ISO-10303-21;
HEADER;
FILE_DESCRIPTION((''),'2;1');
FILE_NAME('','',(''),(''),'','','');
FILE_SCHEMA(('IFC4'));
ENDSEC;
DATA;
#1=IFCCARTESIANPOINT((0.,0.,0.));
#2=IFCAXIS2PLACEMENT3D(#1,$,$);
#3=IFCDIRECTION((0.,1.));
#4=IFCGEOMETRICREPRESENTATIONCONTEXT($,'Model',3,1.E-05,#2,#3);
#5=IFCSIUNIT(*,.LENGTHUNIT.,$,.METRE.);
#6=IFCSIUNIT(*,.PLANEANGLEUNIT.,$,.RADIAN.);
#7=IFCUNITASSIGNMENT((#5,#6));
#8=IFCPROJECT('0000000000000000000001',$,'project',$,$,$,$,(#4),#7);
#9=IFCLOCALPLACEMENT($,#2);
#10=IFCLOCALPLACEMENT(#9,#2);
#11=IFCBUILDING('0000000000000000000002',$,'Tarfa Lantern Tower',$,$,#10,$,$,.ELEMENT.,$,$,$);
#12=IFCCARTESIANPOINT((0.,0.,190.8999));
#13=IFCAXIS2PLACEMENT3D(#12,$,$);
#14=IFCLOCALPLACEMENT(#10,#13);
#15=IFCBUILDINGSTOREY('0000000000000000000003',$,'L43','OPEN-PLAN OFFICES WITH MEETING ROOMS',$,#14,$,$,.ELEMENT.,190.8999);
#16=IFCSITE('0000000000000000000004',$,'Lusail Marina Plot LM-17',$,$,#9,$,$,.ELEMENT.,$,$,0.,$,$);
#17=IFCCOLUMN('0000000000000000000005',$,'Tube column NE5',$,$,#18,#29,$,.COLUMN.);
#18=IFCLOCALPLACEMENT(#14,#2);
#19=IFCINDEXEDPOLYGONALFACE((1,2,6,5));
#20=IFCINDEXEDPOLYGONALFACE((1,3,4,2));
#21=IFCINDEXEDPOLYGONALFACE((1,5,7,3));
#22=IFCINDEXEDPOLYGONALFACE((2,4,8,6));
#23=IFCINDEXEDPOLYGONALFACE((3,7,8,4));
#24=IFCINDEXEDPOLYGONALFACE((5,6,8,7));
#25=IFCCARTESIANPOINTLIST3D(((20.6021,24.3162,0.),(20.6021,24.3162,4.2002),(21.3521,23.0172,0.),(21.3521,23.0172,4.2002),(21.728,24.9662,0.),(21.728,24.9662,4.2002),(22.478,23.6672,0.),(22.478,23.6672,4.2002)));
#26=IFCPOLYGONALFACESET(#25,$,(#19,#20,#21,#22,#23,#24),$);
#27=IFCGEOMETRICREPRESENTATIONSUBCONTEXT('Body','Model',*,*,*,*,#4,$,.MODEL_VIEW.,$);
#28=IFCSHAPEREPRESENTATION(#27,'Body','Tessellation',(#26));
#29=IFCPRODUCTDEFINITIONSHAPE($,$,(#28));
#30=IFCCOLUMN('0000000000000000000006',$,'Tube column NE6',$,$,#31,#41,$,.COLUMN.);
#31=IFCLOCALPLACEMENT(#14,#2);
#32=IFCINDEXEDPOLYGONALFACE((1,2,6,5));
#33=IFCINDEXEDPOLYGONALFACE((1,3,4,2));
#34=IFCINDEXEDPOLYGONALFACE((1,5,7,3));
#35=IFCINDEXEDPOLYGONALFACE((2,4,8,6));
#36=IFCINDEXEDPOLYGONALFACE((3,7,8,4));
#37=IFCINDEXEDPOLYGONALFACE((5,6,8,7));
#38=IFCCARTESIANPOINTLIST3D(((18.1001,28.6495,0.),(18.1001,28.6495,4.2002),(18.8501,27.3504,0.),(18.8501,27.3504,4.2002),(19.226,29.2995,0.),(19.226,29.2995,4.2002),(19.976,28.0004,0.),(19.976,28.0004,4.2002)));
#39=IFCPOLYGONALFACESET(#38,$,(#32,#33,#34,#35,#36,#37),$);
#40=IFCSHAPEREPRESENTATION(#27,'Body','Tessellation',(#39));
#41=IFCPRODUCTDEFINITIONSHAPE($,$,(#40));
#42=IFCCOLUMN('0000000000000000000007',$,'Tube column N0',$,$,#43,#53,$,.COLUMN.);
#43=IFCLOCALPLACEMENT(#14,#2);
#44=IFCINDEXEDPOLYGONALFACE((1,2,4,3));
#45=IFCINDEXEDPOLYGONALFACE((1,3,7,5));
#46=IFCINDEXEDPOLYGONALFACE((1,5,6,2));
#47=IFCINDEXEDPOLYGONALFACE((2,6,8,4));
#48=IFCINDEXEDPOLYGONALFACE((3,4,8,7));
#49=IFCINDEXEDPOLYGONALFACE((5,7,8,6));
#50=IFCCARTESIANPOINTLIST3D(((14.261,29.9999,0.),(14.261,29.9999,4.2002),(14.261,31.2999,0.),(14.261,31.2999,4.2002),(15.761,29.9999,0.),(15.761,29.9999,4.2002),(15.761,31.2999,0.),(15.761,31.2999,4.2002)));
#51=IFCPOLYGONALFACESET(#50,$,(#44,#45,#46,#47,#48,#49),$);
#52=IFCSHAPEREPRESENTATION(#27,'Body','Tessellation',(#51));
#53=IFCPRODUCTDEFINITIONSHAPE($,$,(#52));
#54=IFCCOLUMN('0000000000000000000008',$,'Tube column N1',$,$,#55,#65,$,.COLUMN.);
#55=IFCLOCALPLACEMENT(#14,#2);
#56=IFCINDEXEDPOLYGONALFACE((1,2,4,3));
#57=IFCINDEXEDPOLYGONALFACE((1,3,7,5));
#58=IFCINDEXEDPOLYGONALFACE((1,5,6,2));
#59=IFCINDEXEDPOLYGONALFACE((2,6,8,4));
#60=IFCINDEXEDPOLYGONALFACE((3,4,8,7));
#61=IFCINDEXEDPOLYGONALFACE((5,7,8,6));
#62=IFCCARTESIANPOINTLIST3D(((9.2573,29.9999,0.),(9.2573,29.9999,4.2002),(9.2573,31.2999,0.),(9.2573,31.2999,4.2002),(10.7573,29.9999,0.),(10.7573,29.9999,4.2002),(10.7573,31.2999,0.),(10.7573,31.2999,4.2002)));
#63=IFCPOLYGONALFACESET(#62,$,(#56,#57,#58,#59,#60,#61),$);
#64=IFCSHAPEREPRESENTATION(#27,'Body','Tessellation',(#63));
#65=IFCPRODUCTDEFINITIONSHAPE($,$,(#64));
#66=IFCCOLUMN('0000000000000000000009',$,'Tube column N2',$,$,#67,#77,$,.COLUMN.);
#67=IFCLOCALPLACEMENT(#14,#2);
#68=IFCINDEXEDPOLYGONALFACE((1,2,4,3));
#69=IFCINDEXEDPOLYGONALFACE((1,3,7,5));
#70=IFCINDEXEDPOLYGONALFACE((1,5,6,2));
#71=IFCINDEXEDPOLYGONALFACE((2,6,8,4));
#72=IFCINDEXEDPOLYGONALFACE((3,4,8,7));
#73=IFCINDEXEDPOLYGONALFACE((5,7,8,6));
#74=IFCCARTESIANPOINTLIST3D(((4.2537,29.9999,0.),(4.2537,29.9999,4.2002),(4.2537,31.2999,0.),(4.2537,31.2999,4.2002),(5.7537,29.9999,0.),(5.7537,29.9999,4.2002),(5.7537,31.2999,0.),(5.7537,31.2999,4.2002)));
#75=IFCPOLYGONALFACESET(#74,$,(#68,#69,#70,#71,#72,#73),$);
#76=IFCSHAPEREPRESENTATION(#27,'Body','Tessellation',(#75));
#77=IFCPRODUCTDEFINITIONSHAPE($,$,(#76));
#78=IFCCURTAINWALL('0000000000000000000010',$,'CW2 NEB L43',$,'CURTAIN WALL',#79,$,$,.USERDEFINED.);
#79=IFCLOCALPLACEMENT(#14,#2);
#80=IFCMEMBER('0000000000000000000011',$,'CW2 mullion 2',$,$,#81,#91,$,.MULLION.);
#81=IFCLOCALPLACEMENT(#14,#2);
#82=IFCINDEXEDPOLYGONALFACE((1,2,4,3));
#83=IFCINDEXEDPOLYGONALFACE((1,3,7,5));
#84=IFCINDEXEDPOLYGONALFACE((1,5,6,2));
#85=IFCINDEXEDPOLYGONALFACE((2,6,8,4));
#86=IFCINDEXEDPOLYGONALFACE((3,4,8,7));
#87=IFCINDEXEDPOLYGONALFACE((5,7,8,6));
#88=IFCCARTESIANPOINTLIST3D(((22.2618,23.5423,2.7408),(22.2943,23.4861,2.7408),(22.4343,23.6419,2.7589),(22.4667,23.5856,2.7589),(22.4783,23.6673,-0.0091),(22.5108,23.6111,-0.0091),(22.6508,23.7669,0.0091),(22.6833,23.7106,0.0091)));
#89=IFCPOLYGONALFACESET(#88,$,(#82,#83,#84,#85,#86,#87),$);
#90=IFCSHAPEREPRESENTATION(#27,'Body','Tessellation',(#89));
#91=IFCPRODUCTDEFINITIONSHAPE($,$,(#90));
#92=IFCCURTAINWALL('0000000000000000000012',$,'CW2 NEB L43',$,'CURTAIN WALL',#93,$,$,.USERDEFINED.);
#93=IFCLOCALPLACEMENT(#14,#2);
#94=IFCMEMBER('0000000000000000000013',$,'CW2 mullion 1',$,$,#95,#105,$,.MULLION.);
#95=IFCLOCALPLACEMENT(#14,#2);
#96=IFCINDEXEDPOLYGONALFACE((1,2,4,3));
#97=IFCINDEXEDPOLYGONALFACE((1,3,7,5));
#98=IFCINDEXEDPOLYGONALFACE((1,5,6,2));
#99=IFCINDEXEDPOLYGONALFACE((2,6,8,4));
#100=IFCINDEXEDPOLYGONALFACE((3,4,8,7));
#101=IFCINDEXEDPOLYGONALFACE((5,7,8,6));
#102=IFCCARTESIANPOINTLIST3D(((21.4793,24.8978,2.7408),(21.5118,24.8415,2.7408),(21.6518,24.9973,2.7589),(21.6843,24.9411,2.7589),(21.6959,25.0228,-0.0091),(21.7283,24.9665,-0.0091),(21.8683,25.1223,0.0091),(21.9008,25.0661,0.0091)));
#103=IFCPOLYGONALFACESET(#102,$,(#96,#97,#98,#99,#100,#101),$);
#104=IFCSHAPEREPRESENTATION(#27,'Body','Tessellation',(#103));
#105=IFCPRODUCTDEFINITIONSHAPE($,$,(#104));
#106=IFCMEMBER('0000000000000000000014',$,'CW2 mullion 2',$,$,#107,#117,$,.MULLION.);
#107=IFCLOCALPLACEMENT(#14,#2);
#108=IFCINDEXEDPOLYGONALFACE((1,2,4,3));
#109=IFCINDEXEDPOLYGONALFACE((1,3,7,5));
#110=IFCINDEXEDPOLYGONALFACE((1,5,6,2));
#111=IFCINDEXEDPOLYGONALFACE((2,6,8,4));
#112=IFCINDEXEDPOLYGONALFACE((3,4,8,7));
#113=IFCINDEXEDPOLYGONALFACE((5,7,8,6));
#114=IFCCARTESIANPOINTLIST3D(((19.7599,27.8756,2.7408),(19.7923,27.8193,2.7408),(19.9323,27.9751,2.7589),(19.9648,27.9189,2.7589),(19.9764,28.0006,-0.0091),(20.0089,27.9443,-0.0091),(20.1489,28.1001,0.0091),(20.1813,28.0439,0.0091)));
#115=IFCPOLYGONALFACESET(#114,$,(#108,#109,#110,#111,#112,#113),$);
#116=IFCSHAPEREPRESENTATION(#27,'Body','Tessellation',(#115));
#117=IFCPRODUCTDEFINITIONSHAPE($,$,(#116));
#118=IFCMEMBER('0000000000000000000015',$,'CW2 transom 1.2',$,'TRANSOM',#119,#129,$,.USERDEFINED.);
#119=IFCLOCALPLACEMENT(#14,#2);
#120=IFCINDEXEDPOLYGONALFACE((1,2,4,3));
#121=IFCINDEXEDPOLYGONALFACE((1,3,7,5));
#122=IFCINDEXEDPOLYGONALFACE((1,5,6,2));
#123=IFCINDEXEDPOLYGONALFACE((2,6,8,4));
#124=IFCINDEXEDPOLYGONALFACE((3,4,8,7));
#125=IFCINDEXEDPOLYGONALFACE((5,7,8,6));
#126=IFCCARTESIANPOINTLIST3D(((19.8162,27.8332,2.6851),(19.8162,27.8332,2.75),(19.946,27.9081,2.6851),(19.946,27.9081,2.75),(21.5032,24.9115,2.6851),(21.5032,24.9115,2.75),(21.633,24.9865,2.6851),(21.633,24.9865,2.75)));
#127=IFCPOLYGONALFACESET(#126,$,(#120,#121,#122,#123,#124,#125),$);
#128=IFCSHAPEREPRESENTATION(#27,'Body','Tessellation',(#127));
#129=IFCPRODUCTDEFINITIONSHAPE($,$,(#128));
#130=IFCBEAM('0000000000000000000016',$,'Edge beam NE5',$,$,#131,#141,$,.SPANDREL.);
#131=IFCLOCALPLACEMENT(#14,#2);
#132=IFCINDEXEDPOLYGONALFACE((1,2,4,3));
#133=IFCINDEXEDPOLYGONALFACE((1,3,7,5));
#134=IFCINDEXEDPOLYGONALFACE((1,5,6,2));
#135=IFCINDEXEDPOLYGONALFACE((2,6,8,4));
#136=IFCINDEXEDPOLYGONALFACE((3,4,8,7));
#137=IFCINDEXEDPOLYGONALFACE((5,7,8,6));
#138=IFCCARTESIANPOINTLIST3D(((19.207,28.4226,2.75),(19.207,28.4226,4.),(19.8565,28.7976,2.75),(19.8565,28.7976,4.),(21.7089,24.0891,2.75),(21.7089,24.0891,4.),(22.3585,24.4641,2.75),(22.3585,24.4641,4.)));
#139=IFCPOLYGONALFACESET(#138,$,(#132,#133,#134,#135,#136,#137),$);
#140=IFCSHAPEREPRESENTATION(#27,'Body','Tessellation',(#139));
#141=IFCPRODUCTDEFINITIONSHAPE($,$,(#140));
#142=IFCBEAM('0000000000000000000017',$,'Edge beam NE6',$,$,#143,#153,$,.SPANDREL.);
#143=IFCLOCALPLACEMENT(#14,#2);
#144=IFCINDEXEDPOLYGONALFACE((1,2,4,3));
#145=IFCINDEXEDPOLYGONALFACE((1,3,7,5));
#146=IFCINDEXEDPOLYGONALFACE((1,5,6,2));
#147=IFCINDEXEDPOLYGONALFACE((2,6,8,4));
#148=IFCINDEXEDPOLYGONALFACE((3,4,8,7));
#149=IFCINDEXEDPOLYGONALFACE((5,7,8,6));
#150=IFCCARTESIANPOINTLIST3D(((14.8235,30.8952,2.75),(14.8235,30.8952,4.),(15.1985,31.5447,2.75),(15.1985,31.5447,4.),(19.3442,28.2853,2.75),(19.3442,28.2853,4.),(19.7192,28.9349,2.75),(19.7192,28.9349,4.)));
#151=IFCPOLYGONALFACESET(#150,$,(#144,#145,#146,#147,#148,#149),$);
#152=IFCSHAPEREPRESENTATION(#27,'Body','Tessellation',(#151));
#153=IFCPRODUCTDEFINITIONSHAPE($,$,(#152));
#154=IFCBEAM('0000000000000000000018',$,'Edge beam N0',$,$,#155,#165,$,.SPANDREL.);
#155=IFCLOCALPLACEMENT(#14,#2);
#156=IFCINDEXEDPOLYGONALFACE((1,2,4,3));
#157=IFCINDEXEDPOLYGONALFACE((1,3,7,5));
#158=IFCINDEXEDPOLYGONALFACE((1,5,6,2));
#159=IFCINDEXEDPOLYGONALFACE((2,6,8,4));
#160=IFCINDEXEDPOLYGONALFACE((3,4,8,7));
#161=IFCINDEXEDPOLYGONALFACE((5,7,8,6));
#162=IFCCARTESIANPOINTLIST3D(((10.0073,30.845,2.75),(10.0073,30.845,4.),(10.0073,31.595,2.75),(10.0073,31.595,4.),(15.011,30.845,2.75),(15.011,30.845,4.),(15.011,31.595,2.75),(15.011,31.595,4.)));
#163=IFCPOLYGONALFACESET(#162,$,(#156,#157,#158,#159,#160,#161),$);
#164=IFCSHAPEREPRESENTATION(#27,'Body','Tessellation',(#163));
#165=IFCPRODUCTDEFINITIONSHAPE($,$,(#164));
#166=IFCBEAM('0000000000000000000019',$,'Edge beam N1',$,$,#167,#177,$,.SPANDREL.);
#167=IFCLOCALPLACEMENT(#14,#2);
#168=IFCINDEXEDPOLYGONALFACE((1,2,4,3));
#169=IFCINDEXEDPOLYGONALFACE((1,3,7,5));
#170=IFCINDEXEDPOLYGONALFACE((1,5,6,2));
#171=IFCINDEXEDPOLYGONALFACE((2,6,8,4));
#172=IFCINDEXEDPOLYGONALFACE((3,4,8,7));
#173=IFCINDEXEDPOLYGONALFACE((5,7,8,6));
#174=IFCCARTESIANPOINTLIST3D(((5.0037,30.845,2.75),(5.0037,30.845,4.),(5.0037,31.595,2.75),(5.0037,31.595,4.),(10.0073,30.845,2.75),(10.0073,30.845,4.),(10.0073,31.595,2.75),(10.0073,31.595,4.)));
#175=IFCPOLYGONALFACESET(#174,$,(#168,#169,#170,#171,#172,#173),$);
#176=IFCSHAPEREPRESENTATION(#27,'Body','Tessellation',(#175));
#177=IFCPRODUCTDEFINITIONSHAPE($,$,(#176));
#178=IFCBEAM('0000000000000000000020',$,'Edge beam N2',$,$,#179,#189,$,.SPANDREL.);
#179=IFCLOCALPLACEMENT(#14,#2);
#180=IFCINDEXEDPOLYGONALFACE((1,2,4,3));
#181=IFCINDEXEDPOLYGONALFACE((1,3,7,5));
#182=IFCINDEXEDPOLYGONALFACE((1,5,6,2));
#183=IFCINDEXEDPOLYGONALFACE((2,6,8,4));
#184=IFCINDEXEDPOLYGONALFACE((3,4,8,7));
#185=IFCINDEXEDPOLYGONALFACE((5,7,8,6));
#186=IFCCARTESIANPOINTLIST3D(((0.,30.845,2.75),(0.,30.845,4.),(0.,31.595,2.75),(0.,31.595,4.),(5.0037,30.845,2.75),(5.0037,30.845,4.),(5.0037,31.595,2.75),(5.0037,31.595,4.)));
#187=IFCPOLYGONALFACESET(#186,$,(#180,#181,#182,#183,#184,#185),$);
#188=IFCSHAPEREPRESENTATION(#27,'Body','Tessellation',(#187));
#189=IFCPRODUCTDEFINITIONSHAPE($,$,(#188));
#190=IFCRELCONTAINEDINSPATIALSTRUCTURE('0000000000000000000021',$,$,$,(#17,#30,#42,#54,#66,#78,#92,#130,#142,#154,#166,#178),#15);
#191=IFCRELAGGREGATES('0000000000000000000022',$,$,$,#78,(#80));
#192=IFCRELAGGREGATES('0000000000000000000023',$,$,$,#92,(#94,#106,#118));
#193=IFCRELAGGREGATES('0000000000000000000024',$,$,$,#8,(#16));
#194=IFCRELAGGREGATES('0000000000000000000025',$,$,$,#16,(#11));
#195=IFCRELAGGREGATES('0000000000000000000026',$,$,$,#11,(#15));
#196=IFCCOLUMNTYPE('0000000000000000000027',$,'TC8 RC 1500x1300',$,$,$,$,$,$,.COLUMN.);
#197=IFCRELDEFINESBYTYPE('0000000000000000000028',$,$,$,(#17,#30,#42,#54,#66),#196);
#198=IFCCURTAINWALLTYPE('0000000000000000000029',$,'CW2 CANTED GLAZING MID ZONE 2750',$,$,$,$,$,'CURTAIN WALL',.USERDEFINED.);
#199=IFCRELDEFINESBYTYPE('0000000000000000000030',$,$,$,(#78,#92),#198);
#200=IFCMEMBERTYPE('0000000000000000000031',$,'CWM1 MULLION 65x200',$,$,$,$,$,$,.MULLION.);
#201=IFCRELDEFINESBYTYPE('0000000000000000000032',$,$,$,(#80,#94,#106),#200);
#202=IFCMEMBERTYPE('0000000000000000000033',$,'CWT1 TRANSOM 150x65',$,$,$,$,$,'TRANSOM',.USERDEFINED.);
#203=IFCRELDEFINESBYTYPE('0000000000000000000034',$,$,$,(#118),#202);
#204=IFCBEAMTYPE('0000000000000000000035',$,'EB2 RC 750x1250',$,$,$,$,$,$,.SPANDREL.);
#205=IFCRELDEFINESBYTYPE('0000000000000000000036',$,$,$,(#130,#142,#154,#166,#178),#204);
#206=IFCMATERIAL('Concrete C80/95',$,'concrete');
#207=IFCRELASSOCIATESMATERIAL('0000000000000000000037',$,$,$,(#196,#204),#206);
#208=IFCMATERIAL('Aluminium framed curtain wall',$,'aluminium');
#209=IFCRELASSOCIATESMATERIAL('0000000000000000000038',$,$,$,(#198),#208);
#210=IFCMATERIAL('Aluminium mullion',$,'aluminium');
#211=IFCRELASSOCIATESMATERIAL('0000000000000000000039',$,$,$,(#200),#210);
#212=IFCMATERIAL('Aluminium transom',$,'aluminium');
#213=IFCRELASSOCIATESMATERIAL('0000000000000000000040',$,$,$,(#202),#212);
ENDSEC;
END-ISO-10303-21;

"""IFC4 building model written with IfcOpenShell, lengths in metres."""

from ifc_helpers import new_model, si_unit, direction, frame, origin, origin_2d, place, context, subcontext, project, spatial, rectangle, extrude, material, material_profile, profile_set, type_object, element, aggregate, save


model = new_model("IFC4")

# Units and contexts
model_context = context("Model", 3, precision=1e-05, world=origin(), true_north=direction((0.0, 1.0)))
body_context = subcontext(model_context, "Body", "Model", "MODEL_VIEW")
ifc_project = project(units=[si_unit("LENGTHUNIT", "METRE"), si_unit("PLANEANGLEUNIT", "RADIAN")], contexts=[model_context])

# Site, building, storey
site_placement = place(None, origin())
site = spatial("IfcSite", under=ifc_project, at=site_placement, Name="Lusail Marina Plot LM-17", CompositionType="ELEMENT", RefElevation=0.0)
building_placement = place(site_placement, origin())
building = spatial("IfcBuilding", under=site, at=building_placement, Name="Tarfa Lantern Tower", CompositionType="ELEMENT")
storey_placement = place(building_placement, frame((0.0, 0.0, 190.8999)))
storey = spatial("IfcBuildingStorey", under=building, at=storey_placement, Name="L43", Description="OPEN-PLAN OFFICES WITH MEETING ROOMS", CompositionType="ELEMENT", Elevation=190.8999)

# Columns
ifc_material_1 = material(Name="Concrete C80/95", Category="concrete")
ifc_material_profile_1 = material_profile(ifc_material_1, rectangle(XDim=1.5, YDim=1.3, at=origin_2d()), Name="RC 1500x1300")
ifc_profile_set_1 = profile_set([ifc_material_profile_1], Name="Concrete C80/95")
column_type = type_object("IfcColumnType", Name="TC8 RC 1500x1300", PredefinedType="COLUMN", material=ifc_profile_set_1)
for number, where, z_axis, x_axis, name in (
    (1, (21.54, 23.9917, 0.0), (0.0, 0.0, 1.0), (-0.5, 0.866025, 0.0), "Tube column NE5"),
    (2, (19.0381, 28.325, 0.0), (0.0, 0.0, 1.0), (-0.5, 0.866025, 0.0), "Tube column NE6"),
    (3, (15.011, 30.6499, 0.0), (0.0, 0.0, 1.0), (-1.0, 0.0, 0.0), "Tube column N0"),
    (4, (10.0073, 30.6499, 0.0), (0.0, 0.0, 1.0), (-1.0, 0.0, 0.0), "Tube column N1"),
    (5, (5.0037, 30.6499, 0.0), (0.0, 0.0, 1.0), (-1.0, 0.0, 0.0), "Tube column N2"),
):
    element("IfcColumn", number, at=place(storey_placement, frame(where, z_axis=z_axis, x_axis=x_axis)), inside=storey, type_object=column_type, Name=name, PredefinedType="COLUMN", context=body_context, shape_type="SweptSolid", body=[
        extrude(rectangle(XDim=1.5, YDim=1.3, at=origin_2d()), origin(), (0.0, 0.0, 1.0), 4.2002),
    ])

# Curtain wall, member
ifc_material_2 = material(Name="Aluminium framed curtain wall", Category="aluminium")
curtain_wall_type = type_object("IfcCurtainWallType", Name="CW2 CANTED GLAZING MID ZONE 2750", ElementType="CURTAIN WALL", PredefinedType="USERDEFINED", material=ifc_material_2)
curtain_wall_1_placement = place(storey_placement, origin())
curtain_wall_1 = element("IfcCurtainWall", 6, at=curtain_wall_1_placement, inside=storey, type_object=curtain_wall_type, Name="CW2 NEB L43", ObjectType="CURTAIN WALL", PredefinedType="USERDEFINED")
ifc_material_3 = material(Name="Aluminium mullion", Category="aluminium")
ifc_material_profile_2 = material_profile(ifc_material_3, rectangle(XDim=0.0649, YDim=0.2, at=origin_2d()), Name="AL MULLION 65x200")
ifc_profile_set_2 = profile_set([ifc_material_profile_2], Name="Aluminium mullion")
member_type_1 = type_object("IfcMemberType", Name="CWM1 MULLION 65x200", PredefinedType="MULLION", material=ifc_profile_set_2)
member_1_placement = place(storey_placement, frame((22.5808, 23.689, 0.0), z_axis=(-0.078423, -0.045268, 0.995892), x_axis=(0.49992, -0.866072, 0.0)))
member_1 = element("IfcMember", 7, at=member_1_placement, type_object=member_type_1, Name="CW2 mullion 2", PredefinedType="MULLION", context=body_context, shape_type="SweptSolid", body=[
    extrude(rectangle(XDim=0.0649, YDim=0.2, at=origin_2d()), origin(), (0.0, 0.0, 1.0), 2.7612),
])
aggregate(curtain_wall_1, [member_1])

# Curtain wall, members
curtain_wall_2_placement = place(storey_placement, origin())
curtain_wall_2 = element("IfcCurtainWall", 8, at=curtain_wall_2_placement, inside=storey, type_object=curtain_wall_type, Name="CW2 NEB L43", ObjectType="CURTAIN WALL", PredefinedType="USERDEFINED")
member_2_placement = place(storey_placement, frame((21.7983, 25.0444, 0.0), z_axis=(-0.078423, -0.045268, 0.995892), x_axis=(0.49992, -0.866072, 0.0)))
member_2 = element("IfcMember", 9, at=member_2_placement, type_object=member_type_1, Name="CW2 mullion 1", PredefinedType="MULLION", context=body_context, shape_type="SweptSolid", body=[
    extrude(rectangle(XDim=0.0649, YDim=0.2, at=origin_2d()), origin(), (0.0, 0.0, 1.0), 2.7612),
])
member_3_placement = place(storey_placement, frame((20.0789, 28.0222, 0.0), z_axis=(-0.078423, -0.045268, 0.995892), x_axis=(0.49992, -0.866072, 0.0)))
member_3 = element("IfcMember", 10, at=member_3_placement, type_object=member_type_1, Name="CW2 mullion 2", PredefinedType="MULLION", context=body_context, shape_type="SweptSolid", body=[
    extrude(rectangle(XDim=0.0649, YDim=0.2, at=origin_2d()), origin(), (0.0, 0.0, 1.0), 2.7612),
])
ifc_material_4 = material(Name="Aluminium transom", Category="aluminium")
ifc_material_profile_3 = material_profile(ifc_material_4, rectangle(XDim=0.1499, YDim=0.0649, at=origin_2d()), Name="AL TRANSOM 150x65")
ifc_profile_set_3 = profile_set([ifc_material_profile_3], Name="Aluminium transom")
member_type_2 = type_object("IfcMemberType", Name="CWT1 TRANSOM 150x65", ElementType="TRANSOM", PredefinedType="USERDEFINED", material=ifc_profile_set_3)
member_4_placement = place(storey_placement, frame((21.5681, 24.949, 2.7175), z_axis=(-0.500046, 0.865999, 0.0), x_axis=(-0.865999, -0.500046, 0.0)))
member_4 = element("IfcMember", 11, at=member_4_placement, type_object=member_type_2, Name="CW2 transom 1.2", ObjectType="TRANSOM", PredefinedType="USERDEFINED", context=body_context, shape_type="SweptSolid", body=[
    extrude(rectangle(XDim=0.1499, YDim=0.0649, at=origin_2d()), origin(), (0.0, 0.0, 1.0), 3.3738),
])

# Beams
ifc_material_profile_4 = material_profile(ifc_material_1, rectangle(XDim=0.75, YDim=1.25, at=origin_2d()), Name="RC 750x1250")
ifc_profile_set_4 = profile_set([ifc_material_profile_4], Name="Concrete C80/95")
beam_type_1 = type_object("IfcBeamType", Name="EB2 RC 750x1250", PredefinedType="SPANDREL", material=ifc_profile_set_4)
beam_1_placement = place(storey_placement, frame((22.0337, 24.2766, 3.375), z_axis=(-0.500001, 0.866025, 0.0), x_axis=(-0.866025, -0.500001, 0.0)))
element("IfcBeam", 12, at=beam_1_placement, inside=storey, type_object=beam_type_1, Name="Edge beam NE5", PredefinedType="SPANDREL", context=body_context, shape_type="SweptSolid", body=[
    extrude(rectangle(XDim=0.75, YDim=1.25, at=origin_2d()), origin(), (0.0, 0.0, 1.0), 5.0039),
])
beam_2_placement = place(storey_placement, frame((19.5317, 28.6101, 3.375), z_axis=(-0.866042, 0.499972, 0.0), x_axis=(-0.499972, -0.866042, 0.0)))
element("IfcBeam", 13, at=beam_2_placement, inside=storey, type_object=beam_type_1, Name="Edge beam NE6", PredefinedType="SPANDREL", context=body_context, shape_type="SweptSolid", body=[
    extrude(rectangle(XDim=0.75, YDim=1.25, at=origin_2d()), origin(), (0.0, 0.0, 1.0), 5.22),
])
for number, where, z_axis, x_axis, name in (
    (14, (15.011, 31.22, 3.375), (-1.0, 0.0, 0.0), (0.0, -1.0, 0.0), "Edge beam N0"),
    (15, (10.0073, 31.22, 3.375), (-1.0, 0.0, 0.0), (0.0, -1.0, 0.0), "Edge beam N1"),
    (16, (5.0037, 31.22, 3.375), (-1.0, 0.0, 0.0), (0.0, -1.0, 0.0), "Edge beam N2"),
):
    element("IfcBeam", number, at=place(storey_placement, frame(where, z_axis=z_axis, x_axis=x_axis)), inside=storey, type_object=beam_type_1, Name=name, PredefinedType="SPANDREL", context=body_context, shape_type="SweptSolid", body=[
        extrude(rectangle(XDim=0.75, YDim=1.25, at=origin_2d()), origin(), (0.0, 0.0, 1.0), 5.0037),
    ])

aggregate(curtain_wall_2, [member_2, member_3, member_4])

save(model, "model.ifc")
